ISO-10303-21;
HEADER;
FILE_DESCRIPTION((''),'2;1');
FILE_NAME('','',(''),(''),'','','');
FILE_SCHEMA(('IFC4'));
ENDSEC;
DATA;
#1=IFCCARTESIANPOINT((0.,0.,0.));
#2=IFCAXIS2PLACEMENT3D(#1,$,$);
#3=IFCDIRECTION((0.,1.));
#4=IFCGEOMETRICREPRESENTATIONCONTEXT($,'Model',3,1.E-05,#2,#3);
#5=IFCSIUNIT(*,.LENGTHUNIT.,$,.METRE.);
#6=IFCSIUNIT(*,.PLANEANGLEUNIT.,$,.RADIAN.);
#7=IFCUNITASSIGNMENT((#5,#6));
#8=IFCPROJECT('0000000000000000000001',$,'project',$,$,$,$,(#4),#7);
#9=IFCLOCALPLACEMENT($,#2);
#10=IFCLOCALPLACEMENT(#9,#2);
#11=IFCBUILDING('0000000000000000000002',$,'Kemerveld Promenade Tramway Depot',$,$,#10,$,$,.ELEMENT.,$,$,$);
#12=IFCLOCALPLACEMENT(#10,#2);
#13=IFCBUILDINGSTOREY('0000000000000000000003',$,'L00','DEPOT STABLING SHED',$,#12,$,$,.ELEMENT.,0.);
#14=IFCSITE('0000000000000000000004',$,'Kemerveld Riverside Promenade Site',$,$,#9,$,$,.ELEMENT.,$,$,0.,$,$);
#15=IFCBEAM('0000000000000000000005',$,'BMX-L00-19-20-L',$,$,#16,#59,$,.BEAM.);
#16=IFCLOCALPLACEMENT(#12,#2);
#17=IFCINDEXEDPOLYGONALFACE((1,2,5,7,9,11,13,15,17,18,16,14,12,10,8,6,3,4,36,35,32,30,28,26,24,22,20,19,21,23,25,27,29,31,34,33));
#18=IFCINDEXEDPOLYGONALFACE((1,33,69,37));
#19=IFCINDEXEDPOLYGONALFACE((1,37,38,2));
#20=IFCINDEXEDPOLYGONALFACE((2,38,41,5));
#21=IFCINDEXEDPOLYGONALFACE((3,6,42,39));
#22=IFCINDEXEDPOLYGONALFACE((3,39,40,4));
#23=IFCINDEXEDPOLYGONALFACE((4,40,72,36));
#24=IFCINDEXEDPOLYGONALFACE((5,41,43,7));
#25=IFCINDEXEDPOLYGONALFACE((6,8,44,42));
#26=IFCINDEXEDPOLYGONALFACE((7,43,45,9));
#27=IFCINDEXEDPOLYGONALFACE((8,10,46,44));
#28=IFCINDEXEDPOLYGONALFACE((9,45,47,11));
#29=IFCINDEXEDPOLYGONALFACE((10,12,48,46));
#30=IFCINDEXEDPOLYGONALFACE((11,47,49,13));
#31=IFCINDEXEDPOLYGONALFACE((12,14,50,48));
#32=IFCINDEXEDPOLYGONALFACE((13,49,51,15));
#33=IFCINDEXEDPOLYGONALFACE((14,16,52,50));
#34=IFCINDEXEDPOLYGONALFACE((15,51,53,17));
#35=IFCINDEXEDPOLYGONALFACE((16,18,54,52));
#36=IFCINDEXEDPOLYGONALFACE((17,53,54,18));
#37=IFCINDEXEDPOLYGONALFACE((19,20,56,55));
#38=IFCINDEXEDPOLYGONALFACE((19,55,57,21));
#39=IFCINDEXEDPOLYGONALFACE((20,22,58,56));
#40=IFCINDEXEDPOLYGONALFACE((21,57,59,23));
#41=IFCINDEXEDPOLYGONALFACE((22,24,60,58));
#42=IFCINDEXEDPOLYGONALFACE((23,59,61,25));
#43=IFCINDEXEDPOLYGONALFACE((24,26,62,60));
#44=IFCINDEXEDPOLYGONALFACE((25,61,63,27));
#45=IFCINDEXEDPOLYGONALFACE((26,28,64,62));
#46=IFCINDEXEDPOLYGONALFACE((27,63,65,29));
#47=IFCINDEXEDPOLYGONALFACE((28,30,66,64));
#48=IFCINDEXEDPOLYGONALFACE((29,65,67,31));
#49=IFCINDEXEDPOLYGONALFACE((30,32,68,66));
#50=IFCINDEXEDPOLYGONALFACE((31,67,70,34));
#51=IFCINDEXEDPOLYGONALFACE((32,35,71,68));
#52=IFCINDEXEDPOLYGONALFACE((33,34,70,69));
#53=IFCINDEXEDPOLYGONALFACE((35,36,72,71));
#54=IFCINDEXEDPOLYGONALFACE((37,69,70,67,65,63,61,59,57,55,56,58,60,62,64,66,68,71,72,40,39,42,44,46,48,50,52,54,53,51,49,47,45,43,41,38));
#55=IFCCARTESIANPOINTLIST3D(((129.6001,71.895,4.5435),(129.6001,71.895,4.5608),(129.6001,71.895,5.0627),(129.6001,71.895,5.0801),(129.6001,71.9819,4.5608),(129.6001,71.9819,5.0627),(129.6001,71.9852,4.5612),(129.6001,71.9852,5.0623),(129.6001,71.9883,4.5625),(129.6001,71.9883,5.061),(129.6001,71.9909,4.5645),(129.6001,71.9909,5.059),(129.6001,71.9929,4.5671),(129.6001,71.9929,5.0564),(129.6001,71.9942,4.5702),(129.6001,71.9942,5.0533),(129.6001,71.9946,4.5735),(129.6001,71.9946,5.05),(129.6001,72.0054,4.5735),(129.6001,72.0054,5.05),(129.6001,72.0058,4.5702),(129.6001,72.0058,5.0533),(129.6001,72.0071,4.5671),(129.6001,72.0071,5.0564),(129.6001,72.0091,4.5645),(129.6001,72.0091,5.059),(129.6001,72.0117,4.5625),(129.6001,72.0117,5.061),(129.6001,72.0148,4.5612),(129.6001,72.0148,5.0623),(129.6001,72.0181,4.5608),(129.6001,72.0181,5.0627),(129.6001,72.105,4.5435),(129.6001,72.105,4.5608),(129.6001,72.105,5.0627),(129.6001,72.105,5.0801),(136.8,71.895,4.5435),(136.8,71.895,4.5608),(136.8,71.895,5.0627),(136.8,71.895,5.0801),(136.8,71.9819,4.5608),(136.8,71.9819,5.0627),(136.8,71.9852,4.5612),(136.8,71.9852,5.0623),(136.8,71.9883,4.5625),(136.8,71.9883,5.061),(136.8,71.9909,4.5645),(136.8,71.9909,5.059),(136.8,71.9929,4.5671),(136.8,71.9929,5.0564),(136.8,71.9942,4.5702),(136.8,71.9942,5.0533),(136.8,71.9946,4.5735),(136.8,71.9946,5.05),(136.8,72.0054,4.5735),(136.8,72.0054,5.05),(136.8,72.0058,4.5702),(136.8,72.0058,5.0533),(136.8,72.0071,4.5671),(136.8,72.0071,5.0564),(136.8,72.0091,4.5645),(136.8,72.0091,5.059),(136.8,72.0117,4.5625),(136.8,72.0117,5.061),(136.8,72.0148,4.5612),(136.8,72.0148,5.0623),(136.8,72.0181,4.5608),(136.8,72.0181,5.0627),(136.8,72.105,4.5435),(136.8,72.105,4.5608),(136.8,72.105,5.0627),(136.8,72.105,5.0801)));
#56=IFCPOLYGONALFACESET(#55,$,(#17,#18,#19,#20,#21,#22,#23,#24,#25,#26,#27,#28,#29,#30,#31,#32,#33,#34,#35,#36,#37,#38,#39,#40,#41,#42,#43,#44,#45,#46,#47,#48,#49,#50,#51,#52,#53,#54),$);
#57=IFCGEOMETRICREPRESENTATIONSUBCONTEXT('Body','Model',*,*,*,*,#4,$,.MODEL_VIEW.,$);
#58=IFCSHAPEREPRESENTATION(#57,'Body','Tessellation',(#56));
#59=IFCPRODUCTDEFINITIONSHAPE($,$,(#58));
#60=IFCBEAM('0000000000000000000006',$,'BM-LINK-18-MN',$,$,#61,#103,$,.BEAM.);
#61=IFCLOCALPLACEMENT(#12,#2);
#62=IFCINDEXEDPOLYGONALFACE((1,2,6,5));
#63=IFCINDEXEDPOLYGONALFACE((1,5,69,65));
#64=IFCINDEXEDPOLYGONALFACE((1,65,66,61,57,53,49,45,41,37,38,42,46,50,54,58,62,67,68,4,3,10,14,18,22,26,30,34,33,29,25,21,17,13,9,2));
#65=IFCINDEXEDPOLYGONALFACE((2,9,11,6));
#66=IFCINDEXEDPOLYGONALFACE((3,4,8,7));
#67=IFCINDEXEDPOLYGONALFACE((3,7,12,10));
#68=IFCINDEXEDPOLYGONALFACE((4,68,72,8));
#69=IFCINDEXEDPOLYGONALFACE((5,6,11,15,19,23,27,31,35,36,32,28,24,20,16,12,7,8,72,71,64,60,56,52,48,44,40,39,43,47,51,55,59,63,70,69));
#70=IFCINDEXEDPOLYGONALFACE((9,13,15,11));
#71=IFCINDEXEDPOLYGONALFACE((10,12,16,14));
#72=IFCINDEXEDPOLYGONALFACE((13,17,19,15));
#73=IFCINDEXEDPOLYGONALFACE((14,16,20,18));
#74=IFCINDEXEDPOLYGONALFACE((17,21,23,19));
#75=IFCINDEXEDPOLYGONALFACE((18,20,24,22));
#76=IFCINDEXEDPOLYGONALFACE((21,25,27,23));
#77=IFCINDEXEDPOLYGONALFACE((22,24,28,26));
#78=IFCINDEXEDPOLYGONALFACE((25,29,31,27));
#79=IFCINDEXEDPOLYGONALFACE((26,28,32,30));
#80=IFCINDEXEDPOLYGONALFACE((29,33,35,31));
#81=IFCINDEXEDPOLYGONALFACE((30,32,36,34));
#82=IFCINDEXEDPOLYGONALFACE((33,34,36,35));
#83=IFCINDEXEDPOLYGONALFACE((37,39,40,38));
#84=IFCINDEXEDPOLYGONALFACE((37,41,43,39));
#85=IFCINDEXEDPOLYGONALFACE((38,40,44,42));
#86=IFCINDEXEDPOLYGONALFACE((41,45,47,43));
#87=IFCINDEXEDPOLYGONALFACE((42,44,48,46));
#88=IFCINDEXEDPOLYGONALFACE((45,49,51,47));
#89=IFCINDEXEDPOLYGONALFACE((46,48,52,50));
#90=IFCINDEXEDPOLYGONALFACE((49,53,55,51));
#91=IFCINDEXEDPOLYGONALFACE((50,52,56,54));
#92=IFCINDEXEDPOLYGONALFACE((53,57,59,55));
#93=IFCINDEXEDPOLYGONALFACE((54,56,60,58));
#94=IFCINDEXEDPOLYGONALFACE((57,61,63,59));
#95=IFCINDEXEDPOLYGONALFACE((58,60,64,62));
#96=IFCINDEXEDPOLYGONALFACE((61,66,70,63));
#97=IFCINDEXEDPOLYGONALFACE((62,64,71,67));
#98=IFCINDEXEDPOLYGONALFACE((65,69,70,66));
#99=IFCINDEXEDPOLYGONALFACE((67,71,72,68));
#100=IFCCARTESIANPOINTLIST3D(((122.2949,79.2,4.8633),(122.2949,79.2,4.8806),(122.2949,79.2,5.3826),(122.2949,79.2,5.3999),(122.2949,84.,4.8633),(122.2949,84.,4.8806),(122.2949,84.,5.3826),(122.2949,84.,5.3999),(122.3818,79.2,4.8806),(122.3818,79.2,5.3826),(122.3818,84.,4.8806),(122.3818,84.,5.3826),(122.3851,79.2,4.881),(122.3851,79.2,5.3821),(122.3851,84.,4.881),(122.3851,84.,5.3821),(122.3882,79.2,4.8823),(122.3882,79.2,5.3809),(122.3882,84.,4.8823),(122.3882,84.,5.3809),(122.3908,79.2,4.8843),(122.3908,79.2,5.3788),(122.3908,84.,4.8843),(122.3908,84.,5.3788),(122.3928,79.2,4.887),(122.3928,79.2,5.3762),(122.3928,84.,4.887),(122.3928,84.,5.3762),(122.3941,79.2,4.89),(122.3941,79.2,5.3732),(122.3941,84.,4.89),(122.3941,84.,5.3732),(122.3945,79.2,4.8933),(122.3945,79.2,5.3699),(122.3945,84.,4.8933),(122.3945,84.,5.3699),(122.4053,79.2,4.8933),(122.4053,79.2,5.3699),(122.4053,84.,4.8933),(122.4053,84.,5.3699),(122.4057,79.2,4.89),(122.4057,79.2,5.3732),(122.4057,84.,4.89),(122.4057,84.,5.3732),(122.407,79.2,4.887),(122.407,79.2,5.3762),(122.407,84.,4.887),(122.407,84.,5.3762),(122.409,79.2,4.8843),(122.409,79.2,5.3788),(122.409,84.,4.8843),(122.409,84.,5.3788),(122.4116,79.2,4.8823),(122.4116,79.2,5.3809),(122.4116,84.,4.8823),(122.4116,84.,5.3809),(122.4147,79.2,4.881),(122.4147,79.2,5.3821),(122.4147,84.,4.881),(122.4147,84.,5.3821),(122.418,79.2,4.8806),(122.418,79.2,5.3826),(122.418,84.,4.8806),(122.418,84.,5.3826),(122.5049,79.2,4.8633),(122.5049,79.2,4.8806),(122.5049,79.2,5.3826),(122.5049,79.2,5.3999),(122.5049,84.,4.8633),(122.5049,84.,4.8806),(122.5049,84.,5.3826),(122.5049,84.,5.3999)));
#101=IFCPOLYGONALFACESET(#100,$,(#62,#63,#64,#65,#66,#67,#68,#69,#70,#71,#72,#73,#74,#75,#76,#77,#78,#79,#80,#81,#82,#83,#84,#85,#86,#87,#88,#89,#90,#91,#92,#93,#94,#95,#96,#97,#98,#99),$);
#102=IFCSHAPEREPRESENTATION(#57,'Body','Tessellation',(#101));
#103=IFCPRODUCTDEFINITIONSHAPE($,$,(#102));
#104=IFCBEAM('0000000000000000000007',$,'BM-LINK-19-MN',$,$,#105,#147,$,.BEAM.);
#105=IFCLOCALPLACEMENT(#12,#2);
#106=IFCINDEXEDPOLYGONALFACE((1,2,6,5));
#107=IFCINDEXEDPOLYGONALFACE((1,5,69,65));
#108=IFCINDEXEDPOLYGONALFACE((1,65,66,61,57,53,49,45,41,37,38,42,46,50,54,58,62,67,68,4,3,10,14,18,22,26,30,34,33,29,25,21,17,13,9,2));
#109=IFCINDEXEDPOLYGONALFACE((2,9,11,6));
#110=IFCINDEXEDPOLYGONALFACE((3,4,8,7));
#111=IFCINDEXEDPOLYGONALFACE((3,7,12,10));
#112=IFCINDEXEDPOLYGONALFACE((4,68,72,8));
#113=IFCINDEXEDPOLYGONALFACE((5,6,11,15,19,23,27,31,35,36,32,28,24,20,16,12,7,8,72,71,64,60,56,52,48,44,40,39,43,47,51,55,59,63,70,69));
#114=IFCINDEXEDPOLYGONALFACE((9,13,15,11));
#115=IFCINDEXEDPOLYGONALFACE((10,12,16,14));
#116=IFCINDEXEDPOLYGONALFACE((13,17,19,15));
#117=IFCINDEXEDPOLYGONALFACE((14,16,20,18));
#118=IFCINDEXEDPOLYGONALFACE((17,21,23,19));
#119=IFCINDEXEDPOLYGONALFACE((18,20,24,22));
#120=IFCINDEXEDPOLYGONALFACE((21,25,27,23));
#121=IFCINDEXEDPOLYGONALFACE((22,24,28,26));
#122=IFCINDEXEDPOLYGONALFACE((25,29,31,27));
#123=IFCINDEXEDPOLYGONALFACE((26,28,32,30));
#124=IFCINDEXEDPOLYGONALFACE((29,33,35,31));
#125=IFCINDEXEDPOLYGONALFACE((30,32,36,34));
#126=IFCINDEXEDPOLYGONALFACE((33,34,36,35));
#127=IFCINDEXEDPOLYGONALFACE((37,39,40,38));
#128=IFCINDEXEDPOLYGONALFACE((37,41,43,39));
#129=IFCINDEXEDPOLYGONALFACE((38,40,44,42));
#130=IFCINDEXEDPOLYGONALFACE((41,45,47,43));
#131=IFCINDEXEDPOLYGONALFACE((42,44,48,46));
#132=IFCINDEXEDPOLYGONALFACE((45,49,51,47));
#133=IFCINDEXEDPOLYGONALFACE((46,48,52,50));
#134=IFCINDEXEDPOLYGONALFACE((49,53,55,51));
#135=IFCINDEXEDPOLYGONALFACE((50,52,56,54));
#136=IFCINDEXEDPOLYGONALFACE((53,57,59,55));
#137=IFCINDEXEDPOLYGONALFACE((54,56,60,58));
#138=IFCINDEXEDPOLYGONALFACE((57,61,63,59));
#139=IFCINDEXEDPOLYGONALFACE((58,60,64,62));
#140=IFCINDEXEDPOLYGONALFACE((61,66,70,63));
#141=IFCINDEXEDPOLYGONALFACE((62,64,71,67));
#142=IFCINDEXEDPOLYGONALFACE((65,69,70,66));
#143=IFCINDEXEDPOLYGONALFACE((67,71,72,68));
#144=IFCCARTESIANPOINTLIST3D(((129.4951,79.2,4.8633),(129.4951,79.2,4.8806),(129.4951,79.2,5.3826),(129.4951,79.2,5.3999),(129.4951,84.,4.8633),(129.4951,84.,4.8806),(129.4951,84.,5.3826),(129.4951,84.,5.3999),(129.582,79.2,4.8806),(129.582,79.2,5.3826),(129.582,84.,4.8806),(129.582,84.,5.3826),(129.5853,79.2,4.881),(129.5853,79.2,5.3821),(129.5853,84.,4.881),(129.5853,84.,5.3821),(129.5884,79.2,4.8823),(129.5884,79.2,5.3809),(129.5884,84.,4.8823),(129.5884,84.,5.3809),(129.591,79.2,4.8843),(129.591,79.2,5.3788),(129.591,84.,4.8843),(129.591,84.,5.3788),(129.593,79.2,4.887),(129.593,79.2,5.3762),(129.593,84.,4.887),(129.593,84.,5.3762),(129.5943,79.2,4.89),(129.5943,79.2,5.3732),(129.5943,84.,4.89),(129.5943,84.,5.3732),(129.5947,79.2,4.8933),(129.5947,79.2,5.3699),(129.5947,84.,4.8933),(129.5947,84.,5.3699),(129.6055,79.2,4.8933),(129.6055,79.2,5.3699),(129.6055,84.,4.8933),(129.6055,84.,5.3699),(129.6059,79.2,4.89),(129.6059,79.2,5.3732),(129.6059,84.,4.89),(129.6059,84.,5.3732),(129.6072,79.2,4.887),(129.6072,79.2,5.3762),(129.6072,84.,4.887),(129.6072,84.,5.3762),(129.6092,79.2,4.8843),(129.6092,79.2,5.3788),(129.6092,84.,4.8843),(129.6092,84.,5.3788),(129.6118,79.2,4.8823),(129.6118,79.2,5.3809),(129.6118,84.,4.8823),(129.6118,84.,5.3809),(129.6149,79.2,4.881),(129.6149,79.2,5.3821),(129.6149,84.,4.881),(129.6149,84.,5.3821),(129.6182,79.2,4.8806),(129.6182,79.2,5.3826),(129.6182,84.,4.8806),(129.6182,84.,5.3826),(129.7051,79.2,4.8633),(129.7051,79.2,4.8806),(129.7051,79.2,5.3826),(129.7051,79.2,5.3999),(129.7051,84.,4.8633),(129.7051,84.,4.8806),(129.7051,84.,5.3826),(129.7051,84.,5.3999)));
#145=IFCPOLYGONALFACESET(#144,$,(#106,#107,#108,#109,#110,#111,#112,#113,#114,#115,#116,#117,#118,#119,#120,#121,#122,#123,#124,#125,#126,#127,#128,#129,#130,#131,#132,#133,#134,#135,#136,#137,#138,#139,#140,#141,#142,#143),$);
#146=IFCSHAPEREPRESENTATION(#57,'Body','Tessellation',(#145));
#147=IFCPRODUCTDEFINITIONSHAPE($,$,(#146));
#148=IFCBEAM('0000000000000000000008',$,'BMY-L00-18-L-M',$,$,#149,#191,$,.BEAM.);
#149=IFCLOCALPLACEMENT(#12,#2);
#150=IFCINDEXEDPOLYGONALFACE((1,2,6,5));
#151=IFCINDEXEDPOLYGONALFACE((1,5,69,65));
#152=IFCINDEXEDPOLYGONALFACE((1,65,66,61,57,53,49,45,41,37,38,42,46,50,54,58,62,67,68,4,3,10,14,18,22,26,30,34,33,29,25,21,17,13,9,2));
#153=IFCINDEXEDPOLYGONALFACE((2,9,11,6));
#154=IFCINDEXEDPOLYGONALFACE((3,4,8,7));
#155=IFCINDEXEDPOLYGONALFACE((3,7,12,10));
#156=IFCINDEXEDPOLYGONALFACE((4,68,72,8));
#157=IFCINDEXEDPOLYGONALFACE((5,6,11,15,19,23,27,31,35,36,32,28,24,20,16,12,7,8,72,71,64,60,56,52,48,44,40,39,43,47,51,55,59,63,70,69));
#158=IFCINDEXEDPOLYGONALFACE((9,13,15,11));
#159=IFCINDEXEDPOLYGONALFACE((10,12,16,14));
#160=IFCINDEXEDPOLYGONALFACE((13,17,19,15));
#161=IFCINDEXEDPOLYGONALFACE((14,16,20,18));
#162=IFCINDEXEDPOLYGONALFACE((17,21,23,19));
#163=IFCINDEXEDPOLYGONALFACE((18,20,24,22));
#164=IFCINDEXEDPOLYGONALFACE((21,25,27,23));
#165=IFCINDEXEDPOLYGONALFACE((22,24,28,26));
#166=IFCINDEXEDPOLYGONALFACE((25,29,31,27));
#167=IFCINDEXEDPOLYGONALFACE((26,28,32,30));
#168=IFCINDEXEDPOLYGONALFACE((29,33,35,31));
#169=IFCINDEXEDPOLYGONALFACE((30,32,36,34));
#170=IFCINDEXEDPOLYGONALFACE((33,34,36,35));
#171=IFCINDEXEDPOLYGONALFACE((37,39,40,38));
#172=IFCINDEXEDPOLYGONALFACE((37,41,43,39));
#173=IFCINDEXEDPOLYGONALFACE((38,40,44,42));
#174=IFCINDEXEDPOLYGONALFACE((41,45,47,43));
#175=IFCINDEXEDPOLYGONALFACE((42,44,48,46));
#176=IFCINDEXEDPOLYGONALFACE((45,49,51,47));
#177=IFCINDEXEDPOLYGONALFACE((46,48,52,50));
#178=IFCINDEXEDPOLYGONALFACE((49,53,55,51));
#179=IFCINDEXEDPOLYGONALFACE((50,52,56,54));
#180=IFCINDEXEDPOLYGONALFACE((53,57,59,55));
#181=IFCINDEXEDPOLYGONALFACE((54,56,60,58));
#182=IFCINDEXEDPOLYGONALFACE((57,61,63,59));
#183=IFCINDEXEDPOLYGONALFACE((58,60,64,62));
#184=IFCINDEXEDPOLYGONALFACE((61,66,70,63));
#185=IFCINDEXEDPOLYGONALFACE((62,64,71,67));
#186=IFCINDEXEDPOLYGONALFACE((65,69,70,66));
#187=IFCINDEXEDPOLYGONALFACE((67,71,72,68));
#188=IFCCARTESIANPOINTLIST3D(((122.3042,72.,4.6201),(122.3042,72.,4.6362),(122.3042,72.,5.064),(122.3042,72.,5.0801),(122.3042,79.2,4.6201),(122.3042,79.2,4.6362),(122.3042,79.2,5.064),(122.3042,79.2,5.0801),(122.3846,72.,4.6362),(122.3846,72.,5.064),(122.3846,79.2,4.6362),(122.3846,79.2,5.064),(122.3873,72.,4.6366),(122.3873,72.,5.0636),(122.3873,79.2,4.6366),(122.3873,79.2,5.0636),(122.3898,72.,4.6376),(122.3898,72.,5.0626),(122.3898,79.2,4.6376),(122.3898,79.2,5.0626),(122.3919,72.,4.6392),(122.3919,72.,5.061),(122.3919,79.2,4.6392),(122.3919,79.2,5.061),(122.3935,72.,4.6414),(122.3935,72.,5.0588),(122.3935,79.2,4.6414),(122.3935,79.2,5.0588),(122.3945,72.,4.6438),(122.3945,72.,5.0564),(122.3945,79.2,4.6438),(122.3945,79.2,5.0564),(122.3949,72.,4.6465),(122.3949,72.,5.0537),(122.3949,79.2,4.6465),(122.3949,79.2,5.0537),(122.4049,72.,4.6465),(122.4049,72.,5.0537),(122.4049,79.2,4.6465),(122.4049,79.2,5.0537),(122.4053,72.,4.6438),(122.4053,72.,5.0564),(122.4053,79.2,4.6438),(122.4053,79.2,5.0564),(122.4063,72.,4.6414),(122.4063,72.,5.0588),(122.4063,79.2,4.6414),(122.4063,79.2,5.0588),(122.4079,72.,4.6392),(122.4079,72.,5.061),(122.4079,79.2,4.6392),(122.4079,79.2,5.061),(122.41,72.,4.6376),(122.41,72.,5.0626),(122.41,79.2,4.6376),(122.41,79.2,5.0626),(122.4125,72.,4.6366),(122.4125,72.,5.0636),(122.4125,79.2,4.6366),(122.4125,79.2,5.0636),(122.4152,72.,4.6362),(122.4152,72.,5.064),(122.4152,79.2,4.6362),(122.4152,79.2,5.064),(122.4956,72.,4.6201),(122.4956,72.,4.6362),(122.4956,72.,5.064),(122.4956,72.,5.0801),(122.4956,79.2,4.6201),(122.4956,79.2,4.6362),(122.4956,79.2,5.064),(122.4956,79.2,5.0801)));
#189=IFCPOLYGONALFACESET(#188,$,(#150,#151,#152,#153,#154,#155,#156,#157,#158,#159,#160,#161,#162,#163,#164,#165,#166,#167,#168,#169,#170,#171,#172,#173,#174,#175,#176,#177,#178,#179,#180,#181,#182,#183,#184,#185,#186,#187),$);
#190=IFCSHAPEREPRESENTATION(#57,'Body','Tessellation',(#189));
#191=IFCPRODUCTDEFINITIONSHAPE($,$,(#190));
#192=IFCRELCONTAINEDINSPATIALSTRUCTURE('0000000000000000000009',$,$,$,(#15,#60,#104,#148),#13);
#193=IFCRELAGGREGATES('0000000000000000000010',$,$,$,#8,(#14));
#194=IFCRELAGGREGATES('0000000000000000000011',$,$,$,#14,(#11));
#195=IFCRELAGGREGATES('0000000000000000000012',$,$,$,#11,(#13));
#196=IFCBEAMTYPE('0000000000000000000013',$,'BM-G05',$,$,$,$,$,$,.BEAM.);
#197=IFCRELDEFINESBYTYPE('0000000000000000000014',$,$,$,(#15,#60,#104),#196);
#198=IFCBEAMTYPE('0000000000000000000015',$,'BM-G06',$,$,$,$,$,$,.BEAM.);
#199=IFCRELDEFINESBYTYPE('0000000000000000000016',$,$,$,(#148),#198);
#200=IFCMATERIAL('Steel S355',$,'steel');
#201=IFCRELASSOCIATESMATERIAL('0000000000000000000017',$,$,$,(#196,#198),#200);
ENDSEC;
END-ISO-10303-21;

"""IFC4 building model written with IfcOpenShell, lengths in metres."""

from ifc_helpers import new_model, si_unit, direction, frame, origin, origin_2d, place, context, subcontext, project, spatial, i_section, extrude, material, material_profile, profile_set, type_object, element, save


model = new_model("IFC4")

# Units and contexts
model_context = context("Model", 3, precision=1e-05, world=origin(), true_north=direction((0.0, 1.0)))
body_context = subcontext(model_context, "Body", "Model", "MODEL_VIEW")
ifc_project = project(units=[si_unit("LENGTHUNIT", "METRE"), si_unit("PLANEANGLEUNIT", "RADIAN")], contexts=[model_context])

# Site, building, storey
site_placement = place(None, origin())
site = spatial("IfcSite", under=ifc_project, at=site_placement, Name="Kemerveld Riverside Promenade Site", CompositionType="ELEMENT", RefElevation=0.0)
building_placement = place(site_placement, origin())
building = spatial("IfcBuilding", under=site, at=building_placement, Name="Kemerveld Promenade Tramway Depot", CompositionType="ELEMENT")
storey_placement = place(building_placement, origin())
storey = spatial("IfcBuildingStorey", under=building, at=storey_placement, Name="L00", Description="DEPOT STABLING SHED", CompositionType="ELEMENT", Elevation=0.0)

# Beams
ifc_material_1 = material(Name="Steel S355", Category="steel")
ifc_material_profile_1 = material_profile(ifc_material_1, i_section(OverallWidth=0.21, OverallDepth=0.5366, WebThickness=0.0107, FlangeThickness=0.0173, FilletRadius=0.0127, at=origin_2d()), Name="533x210x101 UB")
ifc_profile_set_1 = profile_set([ifc_material_profile_1], Name="Steel S355")
beam_type_1 = type_object("IfcBeamType", Name="BM-G05", PredefinedType="BEAM", material=ifc_profile_set_1)
beam_1_placement = place(storey_placement, frame((129.6001, 72.0, 4.8118), z_axis=(1.0, 0.0, 0.0), x_axis=(0.0, 1.0, 0.0)))
element("IfcBeam", 1, at=beam_1_placement, inside=storey, type_object=beam_type_1, Name="BMX-L00-19-20-L", PredefinedType="BEAM", context=body_context, shape_type="SweptSolid", body=[
    extrude(i_section(OverallWidth=0.21, OverallDepth=0.5366, WebThickness=0.0107, FlangeThickness=0.0173, FilletRadius=0.0127, at=origin_2d()), origin(), (0.0, 0.0, 1.0), 7.2),
])
for number, where, z_axis, x_axis, name in (
    (2, (122.3999, 79.2, 5.1316), (0.0, 1.0, 0.0), (-1.0, 0.0, 0.0), "BM-LINK-18-MN"),
    (3, (129.6001, 79.2, 5.1316), (0.0, 1.0, 0.0), (-1.0, 0.0, 0.0), "BM-LINK-19-MN"),
):
    element("IfcBeam", number, at=place(storey_placement, frame(where, z_axis=z_axis, x_axis=x_axis)), inside=storey, type_object=beam_type_1, Name=name, PredefinedType="BEAM", context=body_context, shape_type="SweptSolid", body=[
        extrude(i_section(OverallWidth=0.21, OverallDepth=0.5366, WebThickness=0.0107, FlangeThickness=0.0173, FilletRadius=0.0127, at=origin_2d()), origin(), (0.0, 0.0, 1.0), 4.8),
    ])
ifc_material_profile_2 = material_profile(ifc_material_1, i_section(OverallWidth=0.1914, OverallDepth=0.46, WebThickness=0.01, FlangeThickness=0.0161, FilletRadius=0.0103, at=origin_2d()), Name="457x191x82 UB")
ifc_profile_set_2 = profile_set([ifc_material_profile_2], Name="Steel S355")
beam_type_2 = type_object("IfcBeamType", Name="BM-G06", PredefinedType="BEAM", material=ifc_profile_set_2)
for number, where, z_axis, x_axis, name in (
    (4, (122.3999, 72.0, 4.8501), (0.0, 1.0, 0.0), (-1.0, 0.0, 0.0), "BMY-L00-18-L-M"),
):
    element("IfcBeam", number, at=place(storey_placement, frame(where, z_axis=z_axis, x_axis=x_axis)), inside=storey, type_object=beam_type_2, Name=name, PredefinedType="BEAM", context=body_context, shape_type="SweptSolid", body=[
        extrude(i_section(OverallWidth=0.1914, OverallDepth=0.46, WebThickness=0.01, FlangeThickness=0.0161, FilletRadius=0.0103, at=origin_2d()), origin(), (0.0, 0.0, 1.0), 7.2),
    ])

save(model, "model.ifc")
